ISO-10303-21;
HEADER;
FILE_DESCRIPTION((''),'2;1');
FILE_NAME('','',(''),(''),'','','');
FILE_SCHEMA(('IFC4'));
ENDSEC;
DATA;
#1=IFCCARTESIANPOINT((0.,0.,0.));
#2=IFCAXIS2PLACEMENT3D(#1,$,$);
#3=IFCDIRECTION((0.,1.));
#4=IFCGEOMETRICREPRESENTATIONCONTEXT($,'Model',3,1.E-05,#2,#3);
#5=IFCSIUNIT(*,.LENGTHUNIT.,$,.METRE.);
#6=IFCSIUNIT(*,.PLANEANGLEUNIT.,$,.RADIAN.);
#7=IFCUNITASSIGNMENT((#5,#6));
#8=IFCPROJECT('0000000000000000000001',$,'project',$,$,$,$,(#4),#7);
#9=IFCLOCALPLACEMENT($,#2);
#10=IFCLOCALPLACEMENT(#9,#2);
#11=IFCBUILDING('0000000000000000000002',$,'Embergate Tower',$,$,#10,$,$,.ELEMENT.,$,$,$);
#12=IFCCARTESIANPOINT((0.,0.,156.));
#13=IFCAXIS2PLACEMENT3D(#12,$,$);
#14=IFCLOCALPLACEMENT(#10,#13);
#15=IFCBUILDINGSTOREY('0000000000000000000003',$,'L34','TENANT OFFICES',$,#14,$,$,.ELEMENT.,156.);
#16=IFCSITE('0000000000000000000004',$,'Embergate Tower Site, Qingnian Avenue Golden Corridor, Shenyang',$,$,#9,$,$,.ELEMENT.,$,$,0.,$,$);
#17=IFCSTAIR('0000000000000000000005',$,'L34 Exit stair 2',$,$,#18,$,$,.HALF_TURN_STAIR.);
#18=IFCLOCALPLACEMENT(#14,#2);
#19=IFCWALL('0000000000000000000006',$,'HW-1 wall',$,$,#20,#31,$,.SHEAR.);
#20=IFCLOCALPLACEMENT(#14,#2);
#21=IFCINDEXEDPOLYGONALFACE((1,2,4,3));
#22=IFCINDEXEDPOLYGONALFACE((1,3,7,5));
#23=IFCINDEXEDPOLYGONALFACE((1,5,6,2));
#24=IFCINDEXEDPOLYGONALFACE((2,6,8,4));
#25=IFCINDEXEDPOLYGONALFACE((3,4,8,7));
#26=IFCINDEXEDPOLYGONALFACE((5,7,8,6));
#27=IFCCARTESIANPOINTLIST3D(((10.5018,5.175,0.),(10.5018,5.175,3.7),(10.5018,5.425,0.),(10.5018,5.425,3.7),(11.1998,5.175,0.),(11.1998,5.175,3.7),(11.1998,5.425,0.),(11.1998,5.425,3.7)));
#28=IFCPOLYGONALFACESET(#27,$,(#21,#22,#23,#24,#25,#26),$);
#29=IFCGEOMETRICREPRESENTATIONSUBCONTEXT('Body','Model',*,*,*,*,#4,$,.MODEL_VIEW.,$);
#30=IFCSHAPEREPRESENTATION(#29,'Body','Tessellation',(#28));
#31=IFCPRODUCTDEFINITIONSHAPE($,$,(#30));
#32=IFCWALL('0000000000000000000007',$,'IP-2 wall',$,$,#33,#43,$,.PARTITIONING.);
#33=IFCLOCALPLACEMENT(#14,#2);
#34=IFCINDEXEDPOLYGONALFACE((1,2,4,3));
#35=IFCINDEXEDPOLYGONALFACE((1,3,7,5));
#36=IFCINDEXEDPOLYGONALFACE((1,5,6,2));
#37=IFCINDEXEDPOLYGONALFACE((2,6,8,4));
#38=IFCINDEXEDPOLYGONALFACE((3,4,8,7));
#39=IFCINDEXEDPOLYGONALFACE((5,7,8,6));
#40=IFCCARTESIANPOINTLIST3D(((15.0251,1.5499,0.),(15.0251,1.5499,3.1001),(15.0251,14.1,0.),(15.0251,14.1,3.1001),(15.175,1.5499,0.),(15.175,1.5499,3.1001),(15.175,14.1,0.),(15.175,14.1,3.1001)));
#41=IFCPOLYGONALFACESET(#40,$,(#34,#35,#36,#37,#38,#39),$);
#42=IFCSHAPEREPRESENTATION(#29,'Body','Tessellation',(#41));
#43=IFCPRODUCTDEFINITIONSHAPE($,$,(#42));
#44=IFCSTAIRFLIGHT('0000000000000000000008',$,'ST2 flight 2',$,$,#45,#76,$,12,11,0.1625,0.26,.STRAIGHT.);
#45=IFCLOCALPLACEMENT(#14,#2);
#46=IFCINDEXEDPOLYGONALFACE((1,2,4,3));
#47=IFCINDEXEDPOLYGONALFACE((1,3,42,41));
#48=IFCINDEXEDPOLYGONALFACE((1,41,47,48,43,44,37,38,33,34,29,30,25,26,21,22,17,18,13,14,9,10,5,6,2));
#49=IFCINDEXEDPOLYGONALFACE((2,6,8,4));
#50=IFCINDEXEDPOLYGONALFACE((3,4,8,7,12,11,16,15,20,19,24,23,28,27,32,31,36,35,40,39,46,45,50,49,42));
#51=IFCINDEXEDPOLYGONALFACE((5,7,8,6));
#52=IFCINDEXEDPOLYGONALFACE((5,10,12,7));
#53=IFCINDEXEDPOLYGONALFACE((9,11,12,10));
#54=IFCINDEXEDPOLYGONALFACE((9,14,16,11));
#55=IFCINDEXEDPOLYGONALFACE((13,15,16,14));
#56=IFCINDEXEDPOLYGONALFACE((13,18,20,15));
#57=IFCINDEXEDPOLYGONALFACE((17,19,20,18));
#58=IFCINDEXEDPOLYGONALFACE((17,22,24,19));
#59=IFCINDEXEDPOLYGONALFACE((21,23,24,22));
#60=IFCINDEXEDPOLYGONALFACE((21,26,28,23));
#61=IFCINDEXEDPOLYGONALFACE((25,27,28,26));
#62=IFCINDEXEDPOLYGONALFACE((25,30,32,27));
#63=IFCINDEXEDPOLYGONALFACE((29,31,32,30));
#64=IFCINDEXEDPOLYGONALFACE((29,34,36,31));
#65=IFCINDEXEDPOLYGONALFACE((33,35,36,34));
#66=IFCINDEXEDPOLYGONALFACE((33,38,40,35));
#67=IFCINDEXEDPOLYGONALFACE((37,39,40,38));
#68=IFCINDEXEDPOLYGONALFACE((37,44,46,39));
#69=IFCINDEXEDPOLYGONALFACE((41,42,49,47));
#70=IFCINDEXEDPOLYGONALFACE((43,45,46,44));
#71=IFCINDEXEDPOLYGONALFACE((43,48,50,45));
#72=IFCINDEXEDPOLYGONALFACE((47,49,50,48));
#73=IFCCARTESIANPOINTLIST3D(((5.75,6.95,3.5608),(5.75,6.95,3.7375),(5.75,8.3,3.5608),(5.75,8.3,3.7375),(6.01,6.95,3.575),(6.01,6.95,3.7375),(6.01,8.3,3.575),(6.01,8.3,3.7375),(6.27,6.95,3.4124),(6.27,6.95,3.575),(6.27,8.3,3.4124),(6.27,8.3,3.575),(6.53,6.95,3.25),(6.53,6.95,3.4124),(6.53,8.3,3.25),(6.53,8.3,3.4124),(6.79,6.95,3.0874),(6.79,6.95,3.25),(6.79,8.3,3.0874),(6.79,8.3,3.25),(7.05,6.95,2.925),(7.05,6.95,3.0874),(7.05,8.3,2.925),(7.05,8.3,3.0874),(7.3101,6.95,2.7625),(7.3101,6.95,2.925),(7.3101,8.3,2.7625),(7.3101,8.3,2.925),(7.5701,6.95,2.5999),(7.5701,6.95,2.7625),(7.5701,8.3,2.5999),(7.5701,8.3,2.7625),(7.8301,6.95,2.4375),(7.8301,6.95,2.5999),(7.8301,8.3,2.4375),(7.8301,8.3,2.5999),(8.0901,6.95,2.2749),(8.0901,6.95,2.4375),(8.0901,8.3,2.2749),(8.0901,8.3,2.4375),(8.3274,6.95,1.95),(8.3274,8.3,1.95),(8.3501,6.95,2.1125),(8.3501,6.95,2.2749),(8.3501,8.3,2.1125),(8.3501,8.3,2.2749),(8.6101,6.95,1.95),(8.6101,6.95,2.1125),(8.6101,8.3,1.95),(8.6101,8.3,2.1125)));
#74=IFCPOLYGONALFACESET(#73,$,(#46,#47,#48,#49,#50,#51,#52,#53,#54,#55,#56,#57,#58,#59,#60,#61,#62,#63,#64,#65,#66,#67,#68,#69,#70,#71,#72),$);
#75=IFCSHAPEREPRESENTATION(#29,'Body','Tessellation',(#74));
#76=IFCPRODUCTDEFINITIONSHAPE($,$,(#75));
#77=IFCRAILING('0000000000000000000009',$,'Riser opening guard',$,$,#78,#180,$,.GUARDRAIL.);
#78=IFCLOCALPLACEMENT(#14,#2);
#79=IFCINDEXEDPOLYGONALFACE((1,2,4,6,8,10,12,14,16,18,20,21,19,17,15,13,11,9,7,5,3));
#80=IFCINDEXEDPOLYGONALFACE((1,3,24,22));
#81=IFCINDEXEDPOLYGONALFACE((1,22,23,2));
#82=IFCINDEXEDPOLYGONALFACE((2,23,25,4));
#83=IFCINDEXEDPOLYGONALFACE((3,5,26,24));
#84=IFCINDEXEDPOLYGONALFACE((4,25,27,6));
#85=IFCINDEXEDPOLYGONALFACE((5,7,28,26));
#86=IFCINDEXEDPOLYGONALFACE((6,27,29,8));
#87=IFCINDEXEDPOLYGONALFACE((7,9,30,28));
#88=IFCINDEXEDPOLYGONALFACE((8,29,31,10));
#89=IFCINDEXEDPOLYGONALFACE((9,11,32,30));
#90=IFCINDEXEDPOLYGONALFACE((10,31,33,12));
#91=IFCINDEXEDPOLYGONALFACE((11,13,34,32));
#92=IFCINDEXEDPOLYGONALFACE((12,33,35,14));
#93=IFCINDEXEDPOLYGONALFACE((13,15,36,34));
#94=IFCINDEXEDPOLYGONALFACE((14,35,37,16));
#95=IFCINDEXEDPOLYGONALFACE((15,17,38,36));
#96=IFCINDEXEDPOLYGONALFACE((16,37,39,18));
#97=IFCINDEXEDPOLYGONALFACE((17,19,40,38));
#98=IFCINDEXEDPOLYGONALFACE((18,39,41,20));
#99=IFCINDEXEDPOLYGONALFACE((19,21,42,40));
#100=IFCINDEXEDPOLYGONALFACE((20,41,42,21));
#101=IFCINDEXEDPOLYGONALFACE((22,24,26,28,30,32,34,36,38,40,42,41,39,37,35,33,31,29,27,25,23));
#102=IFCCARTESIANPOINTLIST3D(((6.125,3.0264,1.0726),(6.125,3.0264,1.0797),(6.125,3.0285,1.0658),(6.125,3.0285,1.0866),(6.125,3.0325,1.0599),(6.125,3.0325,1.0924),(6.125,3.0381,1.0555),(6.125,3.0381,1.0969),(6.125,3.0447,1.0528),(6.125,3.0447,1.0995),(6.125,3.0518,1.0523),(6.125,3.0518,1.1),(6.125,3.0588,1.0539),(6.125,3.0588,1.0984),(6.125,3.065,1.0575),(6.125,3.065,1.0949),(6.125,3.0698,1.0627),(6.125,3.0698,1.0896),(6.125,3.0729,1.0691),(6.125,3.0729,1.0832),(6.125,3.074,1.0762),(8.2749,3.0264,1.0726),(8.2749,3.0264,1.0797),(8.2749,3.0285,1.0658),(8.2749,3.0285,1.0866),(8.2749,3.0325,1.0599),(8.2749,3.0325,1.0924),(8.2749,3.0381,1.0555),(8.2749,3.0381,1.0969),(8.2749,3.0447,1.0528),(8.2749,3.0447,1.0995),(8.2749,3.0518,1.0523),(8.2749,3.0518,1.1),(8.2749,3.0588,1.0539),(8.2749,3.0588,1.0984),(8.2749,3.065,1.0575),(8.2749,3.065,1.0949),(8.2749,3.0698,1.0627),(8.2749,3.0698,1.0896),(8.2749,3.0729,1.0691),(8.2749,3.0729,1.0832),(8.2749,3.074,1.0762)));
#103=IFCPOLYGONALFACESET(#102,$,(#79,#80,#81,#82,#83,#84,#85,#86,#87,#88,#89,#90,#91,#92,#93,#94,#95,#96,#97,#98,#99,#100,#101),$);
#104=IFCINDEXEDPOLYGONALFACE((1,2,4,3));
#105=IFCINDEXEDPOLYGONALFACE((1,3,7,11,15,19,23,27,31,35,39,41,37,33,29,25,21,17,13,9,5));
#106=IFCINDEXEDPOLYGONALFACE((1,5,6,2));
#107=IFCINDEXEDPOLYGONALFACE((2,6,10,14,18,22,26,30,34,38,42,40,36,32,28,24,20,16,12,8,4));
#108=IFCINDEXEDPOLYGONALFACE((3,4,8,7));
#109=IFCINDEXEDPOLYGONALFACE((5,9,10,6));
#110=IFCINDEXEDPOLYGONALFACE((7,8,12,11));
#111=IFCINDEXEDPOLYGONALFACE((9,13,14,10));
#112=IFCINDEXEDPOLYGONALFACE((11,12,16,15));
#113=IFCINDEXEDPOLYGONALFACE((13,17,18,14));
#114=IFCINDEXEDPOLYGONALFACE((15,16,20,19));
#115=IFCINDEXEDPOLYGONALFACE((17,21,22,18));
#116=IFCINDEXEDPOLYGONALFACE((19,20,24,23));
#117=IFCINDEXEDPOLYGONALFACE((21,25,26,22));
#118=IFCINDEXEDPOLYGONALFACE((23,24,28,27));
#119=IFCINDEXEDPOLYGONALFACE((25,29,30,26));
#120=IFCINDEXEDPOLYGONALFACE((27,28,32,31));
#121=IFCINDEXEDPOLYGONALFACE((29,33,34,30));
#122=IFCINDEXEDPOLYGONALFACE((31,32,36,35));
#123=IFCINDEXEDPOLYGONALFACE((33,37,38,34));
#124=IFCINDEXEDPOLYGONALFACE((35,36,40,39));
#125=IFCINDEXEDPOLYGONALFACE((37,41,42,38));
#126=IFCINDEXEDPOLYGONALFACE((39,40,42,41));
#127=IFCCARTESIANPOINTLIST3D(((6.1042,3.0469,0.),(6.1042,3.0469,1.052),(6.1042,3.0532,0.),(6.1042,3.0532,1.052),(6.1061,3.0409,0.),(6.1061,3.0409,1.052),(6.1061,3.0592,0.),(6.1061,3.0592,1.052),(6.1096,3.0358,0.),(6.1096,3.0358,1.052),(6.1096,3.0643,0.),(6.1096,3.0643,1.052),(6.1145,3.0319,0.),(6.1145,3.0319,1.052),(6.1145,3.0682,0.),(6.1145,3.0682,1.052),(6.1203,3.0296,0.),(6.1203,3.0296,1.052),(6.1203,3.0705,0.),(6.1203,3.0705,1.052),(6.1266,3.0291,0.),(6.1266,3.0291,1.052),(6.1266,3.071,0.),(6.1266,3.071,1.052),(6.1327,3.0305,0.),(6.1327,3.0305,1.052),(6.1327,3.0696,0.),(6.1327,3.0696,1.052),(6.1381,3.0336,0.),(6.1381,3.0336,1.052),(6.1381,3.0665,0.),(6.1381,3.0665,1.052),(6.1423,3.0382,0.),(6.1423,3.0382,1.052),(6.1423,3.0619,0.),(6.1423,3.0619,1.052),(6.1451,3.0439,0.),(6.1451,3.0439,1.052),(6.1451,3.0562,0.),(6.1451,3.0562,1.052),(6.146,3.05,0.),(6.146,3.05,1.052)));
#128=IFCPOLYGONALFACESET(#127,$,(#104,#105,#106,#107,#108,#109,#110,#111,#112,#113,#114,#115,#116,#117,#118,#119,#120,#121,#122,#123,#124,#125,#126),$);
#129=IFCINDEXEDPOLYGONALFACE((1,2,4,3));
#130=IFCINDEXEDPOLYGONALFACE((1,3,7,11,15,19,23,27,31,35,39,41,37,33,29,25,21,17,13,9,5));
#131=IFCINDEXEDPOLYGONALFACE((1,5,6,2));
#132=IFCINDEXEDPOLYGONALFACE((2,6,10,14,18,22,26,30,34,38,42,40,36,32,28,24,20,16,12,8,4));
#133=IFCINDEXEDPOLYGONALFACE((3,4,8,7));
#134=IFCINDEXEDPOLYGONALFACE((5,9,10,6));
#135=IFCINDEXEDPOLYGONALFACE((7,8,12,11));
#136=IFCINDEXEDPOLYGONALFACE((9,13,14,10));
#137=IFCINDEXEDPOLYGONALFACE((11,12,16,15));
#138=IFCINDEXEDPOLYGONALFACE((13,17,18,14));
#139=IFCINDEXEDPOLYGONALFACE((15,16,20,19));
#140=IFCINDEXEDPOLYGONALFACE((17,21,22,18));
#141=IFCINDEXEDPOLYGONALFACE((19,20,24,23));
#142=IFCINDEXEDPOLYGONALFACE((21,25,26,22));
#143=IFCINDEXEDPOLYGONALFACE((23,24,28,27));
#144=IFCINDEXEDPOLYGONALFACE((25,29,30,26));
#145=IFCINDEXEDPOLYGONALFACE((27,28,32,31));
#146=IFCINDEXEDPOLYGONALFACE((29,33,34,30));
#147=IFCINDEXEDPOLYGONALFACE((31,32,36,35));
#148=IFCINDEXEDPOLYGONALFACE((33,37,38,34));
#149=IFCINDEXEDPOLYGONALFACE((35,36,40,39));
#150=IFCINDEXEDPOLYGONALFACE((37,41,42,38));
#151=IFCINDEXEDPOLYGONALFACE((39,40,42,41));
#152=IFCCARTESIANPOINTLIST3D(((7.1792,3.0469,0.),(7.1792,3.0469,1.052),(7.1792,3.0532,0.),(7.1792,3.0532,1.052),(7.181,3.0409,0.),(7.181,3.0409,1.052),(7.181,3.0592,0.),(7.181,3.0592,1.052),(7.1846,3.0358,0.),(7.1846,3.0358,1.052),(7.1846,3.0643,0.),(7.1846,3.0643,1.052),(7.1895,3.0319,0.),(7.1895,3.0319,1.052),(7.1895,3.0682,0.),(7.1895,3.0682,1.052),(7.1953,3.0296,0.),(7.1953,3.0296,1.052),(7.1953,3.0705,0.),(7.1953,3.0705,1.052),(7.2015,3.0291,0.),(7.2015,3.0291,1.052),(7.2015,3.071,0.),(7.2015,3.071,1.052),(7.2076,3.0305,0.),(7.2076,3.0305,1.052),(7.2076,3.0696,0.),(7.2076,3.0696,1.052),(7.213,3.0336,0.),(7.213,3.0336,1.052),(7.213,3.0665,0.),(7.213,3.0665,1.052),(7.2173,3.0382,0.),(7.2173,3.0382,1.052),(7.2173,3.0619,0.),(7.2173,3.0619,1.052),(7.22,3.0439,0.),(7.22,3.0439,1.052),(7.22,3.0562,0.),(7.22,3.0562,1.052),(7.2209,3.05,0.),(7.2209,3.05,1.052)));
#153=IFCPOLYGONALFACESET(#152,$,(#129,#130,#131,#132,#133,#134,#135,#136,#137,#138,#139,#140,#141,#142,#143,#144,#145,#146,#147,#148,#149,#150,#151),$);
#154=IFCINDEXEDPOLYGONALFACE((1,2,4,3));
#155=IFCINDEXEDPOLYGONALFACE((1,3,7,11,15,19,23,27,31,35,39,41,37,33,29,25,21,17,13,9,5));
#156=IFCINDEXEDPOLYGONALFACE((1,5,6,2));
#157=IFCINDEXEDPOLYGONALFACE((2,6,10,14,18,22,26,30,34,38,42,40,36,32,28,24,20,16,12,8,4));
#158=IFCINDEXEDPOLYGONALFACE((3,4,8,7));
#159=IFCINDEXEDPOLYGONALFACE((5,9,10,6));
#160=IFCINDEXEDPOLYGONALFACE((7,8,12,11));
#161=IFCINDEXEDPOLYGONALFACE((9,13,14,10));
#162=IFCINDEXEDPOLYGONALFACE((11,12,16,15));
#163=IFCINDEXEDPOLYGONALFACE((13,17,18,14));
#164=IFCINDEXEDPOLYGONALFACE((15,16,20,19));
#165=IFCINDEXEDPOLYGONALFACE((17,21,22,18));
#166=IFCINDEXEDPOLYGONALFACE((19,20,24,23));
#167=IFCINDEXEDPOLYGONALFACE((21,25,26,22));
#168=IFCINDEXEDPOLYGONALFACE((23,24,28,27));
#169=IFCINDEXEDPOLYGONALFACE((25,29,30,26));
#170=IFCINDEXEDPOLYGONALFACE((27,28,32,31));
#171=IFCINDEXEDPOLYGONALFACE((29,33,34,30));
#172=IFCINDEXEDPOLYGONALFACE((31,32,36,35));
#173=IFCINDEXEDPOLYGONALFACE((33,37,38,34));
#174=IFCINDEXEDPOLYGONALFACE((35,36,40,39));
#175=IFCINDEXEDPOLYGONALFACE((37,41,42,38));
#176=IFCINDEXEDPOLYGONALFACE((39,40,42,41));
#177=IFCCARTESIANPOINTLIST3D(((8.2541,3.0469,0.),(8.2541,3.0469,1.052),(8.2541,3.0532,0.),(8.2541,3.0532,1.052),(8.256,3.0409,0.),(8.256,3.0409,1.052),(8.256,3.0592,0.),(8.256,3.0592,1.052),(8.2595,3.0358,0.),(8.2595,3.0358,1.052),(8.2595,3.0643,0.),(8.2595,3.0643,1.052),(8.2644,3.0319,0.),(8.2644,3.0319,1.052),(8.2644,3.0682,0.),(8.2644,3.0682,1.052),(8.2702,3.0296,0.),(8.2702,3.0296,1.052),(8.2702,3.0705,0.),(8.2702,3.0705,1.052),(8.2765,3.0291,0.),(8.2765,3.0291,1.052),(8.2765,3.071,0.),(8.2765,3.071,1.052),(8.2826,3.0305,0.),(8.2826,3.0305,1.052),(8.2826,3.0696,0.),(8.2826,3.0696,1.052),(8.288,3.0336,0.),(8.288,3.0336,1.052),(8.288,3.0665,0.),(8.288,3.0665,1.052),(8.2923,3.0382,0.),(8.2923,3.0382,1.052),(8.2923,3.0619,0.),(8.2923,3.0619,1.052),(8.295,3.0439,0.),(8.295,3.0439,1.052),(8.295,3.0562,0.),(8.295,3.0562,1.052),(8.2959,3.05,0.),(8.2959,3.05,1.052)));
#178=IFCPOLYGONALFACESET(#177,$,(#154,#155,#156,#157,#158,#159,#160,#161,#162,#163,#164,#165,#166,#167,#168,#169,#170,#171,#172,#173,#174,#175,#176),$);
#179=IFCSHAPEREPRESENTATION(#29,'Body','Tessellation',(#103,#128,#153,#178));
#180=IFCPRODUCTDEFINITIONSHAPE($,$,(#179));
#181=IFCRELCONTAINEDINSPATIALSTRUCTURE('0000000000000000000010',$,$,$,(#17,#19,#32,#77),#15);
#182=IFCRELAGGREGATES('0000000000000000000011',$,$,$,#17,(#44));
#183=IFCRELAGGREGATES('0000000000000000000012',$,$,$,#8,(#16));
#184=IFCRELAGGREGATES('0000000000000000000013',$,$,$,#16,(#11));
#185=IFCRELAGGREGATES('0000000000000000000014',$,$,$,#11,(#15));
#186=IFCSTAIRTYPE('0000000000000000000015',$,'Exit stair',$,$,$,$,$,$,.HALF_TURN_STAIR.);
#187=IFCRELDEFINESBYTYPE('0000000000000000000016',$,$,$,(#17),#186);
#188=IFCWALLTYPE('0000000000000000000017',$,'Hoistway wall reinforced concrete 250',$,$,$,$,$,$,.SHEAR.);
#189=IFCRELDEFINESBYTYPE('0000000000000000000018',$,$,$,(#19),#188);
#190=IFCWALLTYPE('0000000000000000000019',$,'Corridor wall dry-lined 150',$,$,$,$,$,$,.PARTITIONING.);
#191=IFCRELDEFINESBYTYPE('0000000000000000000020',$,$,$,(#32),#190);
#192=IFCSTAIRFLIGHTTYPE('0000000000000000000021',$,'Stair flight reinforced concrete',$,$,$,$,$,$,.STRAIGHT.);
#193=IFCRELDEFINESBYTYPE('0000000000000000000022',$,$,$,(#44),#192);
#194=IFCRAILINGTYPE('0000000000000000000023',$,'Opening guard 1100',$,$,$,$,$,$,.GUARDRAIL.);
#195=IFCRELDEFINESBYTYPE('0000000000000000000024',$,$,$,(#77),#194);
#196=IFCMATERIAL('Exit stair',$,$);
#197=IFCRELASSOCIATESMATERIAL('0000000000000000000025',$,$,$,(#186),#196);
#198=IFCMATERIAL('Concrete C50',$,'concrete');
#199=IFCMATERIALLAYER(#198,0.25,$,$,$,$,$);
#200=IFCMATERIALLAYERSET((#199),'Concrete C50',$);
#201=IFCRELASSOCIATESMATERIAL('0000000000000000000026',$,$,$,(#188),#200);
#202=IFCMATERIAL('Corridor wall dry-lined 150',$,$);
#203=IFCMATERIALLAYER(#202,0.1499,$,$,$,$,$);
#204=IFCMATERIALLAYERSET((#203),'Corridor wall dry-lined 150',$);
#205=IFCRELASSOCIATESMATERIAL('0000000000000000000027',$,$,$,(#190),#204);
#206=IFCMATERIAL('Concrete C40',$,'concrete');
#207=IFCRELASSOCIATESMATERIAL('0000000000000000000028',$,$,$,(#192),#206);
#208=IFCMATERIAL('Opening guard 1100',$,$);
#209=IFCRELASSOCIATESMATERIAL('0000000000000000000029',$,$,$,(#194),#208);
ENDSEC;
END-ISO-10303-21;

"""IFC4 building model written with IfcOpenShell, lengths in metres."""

from ifc_helpers import new_model, si_unit, direction, frame, frame_2d, origin, origin_2d, place, context, subcontext, project, spatial, polyline, rectangle, circle, outline, extrude, source, transform, mapped, material, layer, layer_set, type_object, element, aggregate, save


model = new_model("IFC4")

# Units and contexts
model_context = context("Model", 3, precision=1e-05, world=origin(), true_north=direction((0.0, 1.0)))
body_context = subcontext(model_context, "Body", "Model", "MODEL_VIEW")
ifc_project = project(units=[si_unit("LENGTHUNIT", "METRE"), si_unit("PLANEANGLEUNIT", "RADIAN")], contexts=[model_context])

# Site, building, storey
site_placement = place(None, origin())
site = spatial("IfcSite", under=ifc_project, at=site_placement, Name="Embergate Tower Site, Qingnian Avenue Golden Corridor, Shenyang", CompositionType="ELEMENT", RefElevation=0.0)
building_placement = place(site_placement, origin())
building = spatial("IfcBuilding", under=site, at=building_placement, Name="Embergate Tower", CompositionType="ELEMENT")
storey_placement = place(building_placement, frame((0.0, 0.0, 156.0)))
storey = spatial("IfcBuildingStorey", under=building, at=storey_placement, Name="L34", Description="TENANT OFFICES", CompositionType="ELEMENT", Elevation=156.0)

# Stair
ifc_material_1 = material(Name="Exit stair")
stair_type = type_object("IfcStairType", Name="Exit stair", PredefinedType="HALF_TURN_STAIR", material=ifc_material_1)
stair_placement = place(storey_placement, origin())
stair = element("IfcStair", 1, at=stair_placement, inside=storey, type_object=stair_type, Name="L34 Exit stair 2", PredefinedType="HALF_TURN_STAIR")
ifc_material_2 = material(Name="Concrete C40", Category="concrete")

# Shared definitions
ifc_material_3 = material(Name="Concrete C50", Category="concrete")
ifc_layer_1 = layer(ifc_material_3, 0.25)
ifc_layer_set_1 = layer_set([ifc_layer_1], Name="Concrete C50")
wall_type_1 = type_object("IfcWallType", Name="Hoistway wall reinforced concrete 250", PredefinedType="SHEAR", material=ifc_layer_set_1)

# Walls
shared_shape_1 = source(origin(), body_context, "Body", "SweptSolid", [
    extrude(rectangle(XDim=0.698, YDim=0.25, at=frame_2d((0.3491, 0.0))), origin(), (0.0, 0.0, 1.0), 3.7),
])
wall_1_placement = place(storey_placement, frame((11.2, 5.3, 0.0), z_axis=(0.0, 0.0, 1.0), x_axis=(-1.0, 0.0, 0.0)))
element("IfcWall", 2, at=wall_1_placement, inside=storey, type_object=wall_type_1, Name="HW-1 wall", PredefinedType="SHEAR", context=body_context, shape_type="MappedRepresentation", body=[
    mapped(shared_shape_1, transform((0.0, 0.0, 0.0))),
])
ifc_material_4 = material(Name="Corridor wall dry-lined 150")
ifc_layer_2 = layer(ifc_material_4, 0.1499)
ifc_layer_set_2 = layer_set([ifc_layer_2], Name="Corridor wall dry-lined 150")
wall_type_2 = type_object("IfcWallType", Name="Corridor wall dry-lined 150", PredefinedType="PARTITIONING", material=ifc_layer_set_2)
shared_shape_2 = source(origin(), body_context, "Body", "SweptSolid", [
    extrude(rectangle(XDim=12.55, YDim=0.1499, at=frame_2d((6.2749, 0.0))), origin(), (0.0, 0.0, 1.0), 3.1001),
])
wall_2_placement = place(storey_placement, frame((15.1001, 1.55, 0.0), z_axis=(0.0, 0.0, 1.0), x_axis=(0.0, 1.0, 0.0)))
element("IfcWall", 3, at=wall_2_placement, inside=storey, type_object=wall_type_2, Name="IP-2 wall", PredefinedType="PARTITIONING", context=body_context, shape_type="MappedRepresentation", body=[
    mapped(shared_shape_2, transform((0.0, 0.0, 0.0))),
])

# Stair flight
stair_flight_type = type_object("IfcStairFlightType", Name="Stair flight reinforced concrete", PredefinedType="STRAIGHT", material=ifc_material_2)
shared_shape_3 = source(origin(), body_context, "Body", "SweptSolid", [
    extrude(outline(polyline([(0.0, 0.0), (0.0, 0.1626), (0.26, 0.1626), (0.26, 0.325), (0.52, 0.325), (0.52, 0.4875), (0.78, 0.4875), (0.78, 0.6499), (1.04, 0.6499), (1.04, 0.8125), (1.3, 0.8125), (1.3, 0.9751), (1.5601, 0.9751), (1.5601, 1.1375), (1.8201, 1.1375), (1.8201, 1.3), (2.0801, 1.3), (2.0801, 1.4624), (2.3401, 1.4624), (2.3401, 1.625), (2.6001, 1.625), (2.6001, 1.7876), (2.8601, 1.7876), (2.8601, 1.95), (2.8601, 1.6108), (0.2827, 0.0), (0.0, 0.0)])), frame((0.0, 0.675, 0.0), z_axis=(0.0, -1.0, 0.0), x_axis=(1.0, 0.0, 0.0)), (0.0, 0.0, 1.0), 1.3501),
])
stair_flight_placement = place(storey_placement, frame((8.6101, 7.625, 1.95), z_axis=(0.0, 0.0, 1.0), x_axis=(-1.0, 0.0, 0.0)))
stair_flight = element("IfcStairFlight", 4, at=stair_flight_placement, type_object=stair_flight_type, Name="ST2 flight 2", NumberOfRisers=12, NumberOfTreads=11, PredefinedType="STRAIGHT", RiserHeight=0.1625, TreadLength=0.26, context=body_context, shape_type="MappedRepresentation", body=[
    mapped(shared_shape_3, transform((0.0, 0.0, 0.0))),
])
aggregate(stair, [stair_flight])

# Railing
ifc_material_5 = material(Name="Opening guard 1100")
railing_type = type_object("IfcRailingType", Name="Opening guard 1100", PredefinedType="GUARDRAIL", material=ifc_material_5)
shared_shape_4 = source(origin(), body_context, "Body", "SweptSolid", [
    extrude(circle(Radius=0.0239, at=origin_2d()), frame((0.0, 0.0, 1.0762), z_axis=(1.0, 0.0, 0.0), x_axis=(0.0, 1.0, 0.0)), (0.0, 0.0, 1.0), 2.1499),
    extrude(circle(Radius=0.021, at=origin_2d()), origin(), (0.0, 0.0, 1.0), 1.052),
    extrude(circle(Radius=0.021, at=origin_2d()), frame((1.075, 0.0, 0.0)), (0.0, 0.0, 1.0), 1.052),
    extrude(circle(Radius=0.021, at=origin_2d()), frame((2.1499, 0.0, 0.0)), (0.0, 0.0, 1.0), 1.052),
])
railing_placement = place(storey_placement, frame((6.125, 3.05, 0.0)))
element("IfcRailing", 5, at=railing_placement, inside=storey, type_object=railing_type, Name="Riser opening guard", PredefinedType="GUARDRAIL", context=body_context, shape_type="MappedRepresentation", body=[
    mapped(shared_shape_4, transform((0.0, 0.0, 0.0))),
])

save(model, "model.ifc")
